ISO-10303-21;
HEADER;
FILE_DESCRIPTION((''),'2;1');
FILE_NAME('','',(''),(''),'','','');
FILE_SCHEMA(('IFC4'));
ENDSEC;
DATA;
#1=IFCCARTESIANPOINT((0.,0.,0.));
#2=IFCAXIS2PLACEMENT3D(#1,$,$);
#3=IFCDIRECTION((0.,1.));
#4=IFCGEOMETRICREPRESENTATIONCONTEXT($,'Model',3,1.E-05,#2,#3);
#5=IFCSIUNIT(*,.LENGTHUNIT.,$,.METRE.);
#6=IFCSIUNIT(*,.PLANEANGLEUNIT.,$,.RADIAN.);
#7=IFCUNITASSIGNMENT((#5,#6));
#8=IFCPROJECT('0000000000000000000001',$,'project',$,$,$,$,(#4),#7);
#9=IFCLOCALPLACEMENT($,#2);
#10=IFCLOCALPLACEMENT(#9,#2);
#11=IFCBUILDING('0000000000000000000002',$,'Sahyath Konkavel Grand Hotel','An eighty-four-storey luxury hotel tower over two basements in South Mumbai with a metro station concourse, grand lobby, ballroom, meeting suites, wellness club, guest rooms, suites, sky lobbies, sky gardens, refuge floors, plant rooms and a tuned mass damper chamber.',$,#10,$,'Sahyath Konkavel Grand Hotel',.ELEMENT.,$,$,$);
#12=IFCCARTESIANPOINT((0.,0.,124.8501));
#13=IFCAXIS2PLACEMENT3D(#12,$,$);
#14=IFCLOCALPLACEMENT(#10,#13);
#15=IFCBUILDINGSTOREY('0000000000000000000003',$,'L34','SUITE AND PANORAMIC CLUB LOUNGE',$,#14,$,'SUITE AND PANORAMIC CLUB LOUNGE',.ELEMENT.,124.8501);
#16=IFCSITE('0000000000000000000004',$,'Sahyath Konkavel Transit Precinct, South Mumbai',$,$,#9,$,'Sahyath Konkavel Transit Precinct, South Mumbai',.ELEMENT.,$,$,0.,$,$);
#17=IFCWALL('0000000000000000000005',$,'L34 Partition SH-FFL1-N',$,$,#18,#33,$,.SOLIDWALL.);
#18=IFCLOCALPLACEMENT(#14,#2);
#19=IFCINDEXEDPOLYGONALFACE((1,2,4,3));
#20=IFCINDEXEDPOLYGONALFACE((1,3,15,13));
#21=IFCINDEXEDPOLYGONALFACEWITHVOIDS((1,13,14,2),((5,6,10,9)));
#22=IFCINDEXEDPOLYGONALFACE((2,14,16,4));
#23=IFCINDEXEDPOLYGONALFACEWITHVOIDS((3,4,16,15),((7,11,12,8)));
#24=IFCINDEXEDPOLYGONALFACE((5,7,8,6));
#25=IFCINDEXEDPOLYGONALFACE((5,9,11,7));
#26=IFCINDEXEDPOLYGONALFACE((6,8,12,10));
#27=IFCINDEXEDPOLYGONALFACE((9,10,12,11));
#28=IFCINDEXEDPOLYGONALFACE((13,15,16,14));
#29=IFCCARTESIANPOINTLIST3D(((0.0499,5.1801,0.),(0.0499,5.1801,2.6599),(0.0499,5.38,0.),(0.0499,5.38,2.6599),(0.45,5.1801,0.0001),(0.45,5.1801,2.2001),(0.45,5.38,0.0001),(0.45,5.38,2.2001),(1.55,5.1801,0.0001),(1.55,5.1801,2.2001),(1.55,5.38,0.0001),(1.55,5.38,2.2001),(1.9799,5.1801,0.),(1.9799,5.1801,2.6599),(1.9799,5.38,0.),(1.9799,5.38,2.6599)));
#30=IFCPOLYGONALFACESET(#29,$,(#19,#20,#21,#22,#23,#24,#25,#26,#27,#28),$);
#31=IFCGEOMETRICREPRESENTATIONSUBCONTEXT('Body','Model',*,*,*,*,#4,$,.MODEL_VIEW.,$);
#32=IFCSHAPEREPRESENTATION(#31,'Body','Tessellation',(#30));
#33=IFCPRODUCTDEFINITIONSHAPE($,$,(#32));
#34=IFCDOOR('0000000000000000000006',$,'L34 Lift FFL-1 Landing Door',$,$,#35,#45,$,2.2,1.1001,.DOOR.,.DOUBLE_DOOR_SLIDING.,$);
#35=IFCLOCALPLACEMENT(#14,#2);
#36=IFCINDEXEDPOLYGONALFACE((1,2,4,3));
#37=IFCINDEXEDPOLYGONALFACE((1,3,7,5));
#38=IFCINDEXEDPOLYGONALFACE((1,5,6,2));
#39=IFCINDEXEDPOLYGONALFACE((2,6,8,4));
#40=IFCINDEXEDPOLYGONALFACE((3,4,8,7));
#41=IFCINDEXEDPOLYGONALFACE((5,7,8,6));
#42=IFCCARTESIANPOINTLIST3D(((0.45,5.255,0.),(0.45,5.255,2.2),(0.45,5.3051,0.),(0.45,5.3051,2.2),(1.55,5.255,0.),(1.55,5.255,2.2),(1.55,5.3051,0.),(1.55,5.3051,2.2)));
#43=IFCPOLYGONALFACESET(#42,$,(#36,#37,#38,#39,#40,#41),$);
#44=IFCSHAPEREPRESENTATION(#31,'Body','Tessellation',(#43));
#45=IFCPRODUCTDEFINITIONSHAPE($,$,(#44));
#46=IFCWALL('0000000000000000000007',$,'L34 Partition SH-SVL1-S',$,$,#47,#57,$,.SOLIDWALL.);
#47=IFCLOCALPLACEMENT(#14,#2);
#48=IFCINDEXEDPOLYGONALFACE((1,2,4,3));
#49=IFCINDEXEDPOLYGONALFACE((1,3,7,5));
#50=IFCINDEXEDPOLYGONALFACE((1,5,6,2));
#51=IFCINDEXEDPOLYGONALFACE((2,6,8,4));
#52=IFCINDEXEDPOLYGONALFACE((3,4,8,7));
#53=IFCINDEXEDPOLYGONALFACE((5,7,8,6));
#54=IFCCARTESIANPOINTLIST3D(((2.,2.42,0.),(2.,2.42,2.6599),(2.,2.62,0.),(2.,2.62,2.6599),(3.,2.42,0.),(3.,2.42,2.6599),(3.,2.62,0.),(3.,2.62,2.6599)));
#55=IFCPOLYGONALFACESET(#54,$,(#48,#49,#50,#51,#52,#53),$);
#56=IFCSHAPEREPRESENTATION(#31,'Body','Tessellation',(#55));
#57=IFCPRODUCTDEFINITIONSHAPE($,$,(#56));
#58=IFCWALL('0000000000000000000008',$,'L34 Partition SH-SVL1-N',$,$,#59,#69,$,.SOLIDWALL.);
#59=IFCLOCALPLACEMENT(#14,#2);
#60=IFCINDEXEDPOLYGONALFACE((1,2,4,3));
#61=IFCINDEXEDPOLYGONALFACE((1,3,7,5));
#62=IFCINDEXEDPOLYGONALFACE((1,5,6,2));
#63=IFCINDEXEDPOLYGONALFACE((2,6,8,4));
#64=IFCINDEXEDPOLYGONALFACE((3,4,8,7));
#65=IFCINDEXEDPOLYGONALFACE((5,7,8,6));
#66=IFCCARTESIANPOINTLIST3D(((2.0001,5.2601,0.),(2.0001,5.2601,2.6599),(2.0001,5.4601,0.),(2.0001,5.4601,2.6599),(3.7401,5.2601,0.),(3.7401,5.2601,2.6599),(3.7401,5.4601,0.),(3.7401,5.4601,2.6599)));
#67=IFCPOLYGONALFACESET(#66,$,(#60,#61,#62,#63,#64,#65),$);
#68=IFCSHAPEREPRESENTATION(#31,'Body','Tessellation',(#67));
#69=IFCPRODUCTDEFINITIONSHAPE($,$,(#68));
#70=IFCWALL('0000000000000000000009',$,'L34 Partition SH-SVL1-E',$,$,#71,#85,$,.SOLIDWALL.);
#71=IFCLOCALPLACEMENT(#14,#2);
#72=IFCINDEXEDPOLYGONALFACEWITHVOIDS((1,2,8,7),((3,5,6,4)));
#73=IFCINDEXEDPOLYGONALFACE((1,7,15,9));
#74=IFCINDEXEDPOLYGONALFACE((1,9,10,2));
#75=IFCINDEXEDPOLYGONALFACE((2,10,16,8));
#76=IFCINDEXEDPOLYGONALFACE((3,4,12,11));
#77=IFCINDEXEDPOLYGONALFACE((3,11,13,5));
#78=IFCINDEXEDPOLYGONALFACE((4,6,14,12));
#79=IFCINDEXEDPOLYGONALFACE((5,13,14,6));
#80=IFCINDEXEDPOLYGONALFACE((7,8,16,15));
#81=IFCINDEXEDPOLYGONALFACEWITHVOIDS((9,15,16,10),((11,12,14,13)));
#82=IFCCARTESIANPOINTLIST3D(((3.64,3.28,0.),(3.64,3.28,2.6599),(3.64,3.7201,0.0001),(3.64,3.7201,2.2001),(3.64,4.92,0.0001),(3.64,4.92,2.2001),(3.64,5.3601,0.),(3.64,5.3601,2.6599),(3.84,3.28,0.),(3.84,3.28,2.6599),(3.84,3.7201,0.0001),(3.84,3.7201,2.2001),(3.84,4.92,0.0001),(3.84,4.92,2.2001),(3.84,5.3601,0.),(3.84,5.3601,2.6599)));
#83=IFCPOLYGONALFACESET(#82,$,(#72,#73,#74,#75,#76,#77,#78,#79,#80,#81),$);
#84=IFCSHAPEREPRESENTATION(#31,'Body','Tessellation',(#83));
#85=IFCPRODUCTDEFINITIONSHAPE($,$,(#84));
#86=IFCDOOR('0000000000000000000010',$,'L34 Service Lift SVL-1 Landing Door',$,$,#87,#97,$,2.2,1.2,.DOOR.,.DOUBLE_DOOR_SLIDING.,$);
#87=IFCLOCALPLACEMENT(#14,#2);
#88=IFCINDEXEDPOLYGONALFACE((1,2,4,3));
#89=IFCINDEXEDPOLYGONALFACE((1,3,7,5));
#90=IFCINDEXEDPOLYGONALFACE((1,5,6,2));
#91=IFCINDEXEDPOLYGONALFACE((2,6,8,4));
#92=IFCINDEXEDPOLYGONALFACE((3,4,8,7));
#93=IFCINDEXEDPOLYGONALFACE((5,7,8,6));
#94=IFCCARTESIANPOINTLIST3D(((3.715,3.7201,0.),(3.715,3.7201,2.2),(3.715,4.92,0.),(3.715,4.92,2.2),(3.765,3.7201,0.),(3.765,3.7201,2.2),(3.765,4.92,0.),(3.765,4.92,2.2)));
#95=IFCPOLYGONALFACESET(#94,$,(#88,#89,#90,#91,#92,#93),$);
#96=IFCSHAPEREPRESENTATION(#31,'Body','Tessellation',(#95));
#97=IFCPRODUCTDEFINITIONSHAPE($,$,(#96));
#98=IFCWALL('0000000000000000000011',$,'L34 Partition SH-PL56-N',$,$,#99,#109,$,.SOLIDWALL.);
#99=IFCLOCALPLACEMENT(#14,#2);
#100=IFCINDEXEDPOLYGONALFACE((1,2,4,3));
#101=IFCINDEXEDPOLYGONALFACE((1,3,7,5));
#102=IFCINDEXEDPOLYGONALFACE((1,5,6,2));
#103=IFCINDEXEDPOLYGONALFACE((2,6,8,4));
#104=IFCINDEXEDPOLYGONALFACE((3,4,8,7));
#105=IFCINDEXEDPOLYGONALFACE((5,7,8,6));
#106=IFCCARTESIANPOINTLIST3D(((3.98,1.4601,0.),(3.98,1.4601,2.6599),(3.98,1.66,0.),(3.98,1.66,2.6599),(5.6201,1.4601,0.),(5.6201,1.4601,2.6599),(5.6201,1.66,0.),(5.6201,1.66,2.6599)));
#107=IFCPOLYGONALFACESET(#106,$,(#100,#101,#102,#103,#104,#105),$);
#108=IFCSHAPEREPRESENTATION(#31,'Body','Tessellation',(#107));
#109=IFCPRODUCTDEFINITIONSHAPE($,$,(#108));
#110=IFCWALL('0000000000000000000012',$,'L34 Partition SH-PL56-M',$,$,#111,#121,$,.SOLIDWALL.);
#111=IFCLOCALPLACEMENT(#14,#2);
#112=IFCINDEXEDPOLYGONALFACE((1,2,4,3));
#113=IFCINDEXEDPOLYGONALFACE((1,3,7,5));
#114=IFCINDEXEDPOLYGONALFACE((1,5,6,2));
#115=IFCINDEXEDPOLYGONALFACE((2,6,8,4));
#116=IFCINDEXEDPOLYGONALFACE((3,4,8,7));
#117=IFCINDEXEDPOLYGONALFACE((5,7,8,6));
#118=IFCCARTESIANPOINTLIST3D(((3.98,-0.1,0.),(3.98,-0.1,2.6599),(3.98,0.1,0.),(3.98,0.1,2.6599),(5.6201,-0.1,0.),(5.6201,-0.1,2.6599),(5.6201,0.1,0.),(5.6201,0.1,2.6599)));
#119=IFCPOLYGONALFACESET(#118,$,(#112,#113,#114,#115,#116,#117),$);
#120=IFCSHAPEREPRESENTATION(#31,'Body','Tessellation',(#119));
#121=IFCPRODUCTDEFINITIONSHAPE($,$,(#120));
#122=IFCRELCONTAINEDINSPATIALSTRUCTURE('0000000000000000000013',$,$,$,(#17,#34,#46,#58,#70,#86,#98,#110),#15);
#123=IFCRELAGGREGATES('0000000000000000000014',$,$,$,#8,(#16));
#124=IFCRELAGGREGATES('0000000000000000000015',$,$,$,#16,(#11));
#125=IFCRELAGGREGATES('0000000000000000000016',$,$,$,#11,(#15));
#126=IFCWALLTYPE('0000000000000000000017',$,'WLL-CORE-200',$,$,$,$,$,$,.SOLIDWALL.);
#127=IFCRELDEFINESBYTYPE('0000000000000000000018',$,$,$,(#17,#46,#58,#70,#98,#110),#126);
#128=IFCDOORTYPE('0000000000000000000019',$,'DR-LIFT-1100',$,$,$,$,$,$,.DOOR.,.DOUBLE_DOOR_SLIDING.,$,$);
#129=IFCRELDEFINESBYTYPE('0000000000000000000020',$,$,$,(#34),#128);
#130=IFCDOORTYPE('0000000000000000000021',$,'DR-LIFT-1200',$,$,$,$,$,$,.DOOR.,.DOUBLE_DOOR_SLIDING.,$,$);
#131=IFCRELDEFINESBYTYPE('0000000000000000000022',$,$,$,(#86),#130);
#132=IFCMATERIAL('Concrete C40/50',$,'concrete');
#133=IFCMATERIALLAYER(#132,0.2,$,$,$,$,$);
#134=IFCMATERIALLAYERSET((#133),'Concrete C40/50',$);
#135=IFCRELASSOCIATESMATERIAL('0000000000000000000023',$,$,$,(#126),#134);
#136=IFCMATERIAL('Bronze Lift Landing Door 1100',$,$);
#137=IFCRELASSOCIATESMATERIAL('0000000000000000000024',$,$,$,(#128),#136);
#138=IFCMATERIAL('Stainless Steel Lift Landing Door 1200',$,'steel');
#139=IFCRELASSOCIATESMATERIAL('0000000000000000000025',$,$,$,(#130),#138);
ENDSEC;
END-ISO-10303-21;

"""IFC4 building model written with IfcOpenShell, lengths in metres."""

from ifc_helpers import new_model, si_unit, direction, frame, frame_2d, origin, origin_2d, place, context, subcontext, project, spatial, rectangle, extrude, source, transform, mapped, material, layer, layer_set, type_object, element, fill, save


model = new_model("IFC4")

# Units and contexts
model_context = context("Model", 3, precision=1e-05, world=origin(), true_north=direction((0.0, 1.0)))
body_context = subcontext(model_context, "Body", "Model", "MODEL_VIEW")
ifc_project = project(units=[si_unit("LENGTHUNIT", "METRE"), si_unit("PLANEANGLEUNIT", "RADIAN")], contexts=[model_context])

# Site, building, storey
site_placement = place(None, origin())
site = spatial("IfcSite", under=ifc_project, at=site_placement, Name="Sahyath Konkavel Transit Precinct, South Mumbai", LongName="Sahyath Konkavel Transit Precinct, South Mumbai", CompositionType="ELEMENT", RefElevation=0.0)
building_placement = place(site_placement, origin())
building = spatial("IfcBuilding", under=site, at=building_placement, Name="Sahyath Konkavel Grand Hotel", Description="An eighty-four-storey luxury hotel tower over two basements in South Mumbai with a metro station concourse, grand lobby, ballroom, meeting suites, wellness club, guest rooms, suites, sky lobbies, sky gardens, refuge floors, plant rooms and a tuned mass damper chamber.", LongName="Sahyath Konkavel Grand Hotel", CompositionType="ELEMENT")
storey_placement = place(building_placement, frame((0.0, 0.0, 124.8501)))
storey = spatial("IfcBuildingStorey", under=building, at=storey_placement, Name="L34", Description="SUITE AND PANORAMIC CLUB LOUNGE", LongName="SUITE AND PANORAMIC CLUB LOUNGE", CompositionType="ELEMENT", Elevation=124.8501)

# Shared definitions
ifc_material_1 = material(Name="Concrete C40/50", Category="concrete")

# Shared definitions
ifc_layer_1 = layer(ifc_material_1, 0.2)
ifc_layer_set_1 = layer_set([ifc_layer_1], Name="Concrete C40/50")
wall_type = type_object("IfcWallType", Name="WLL-CORE-200", PredefinedType="SOLIDWALL", material=ifc_layer_set_1)

# Wall, opening, door
wall_1_placement = place(storey_placement, frame((0.05, 5.28, 0.0), z_axis=(0.0, 0.0, 1.0), x_axis=(1.0, 0.0, 0.0)))
wall_1 = element("IfcWall", 1, at=wall_1_placement, inside=storey, type_object=wall_type, Name="L34 Partition SH-FFL1-N", PredefinedType="SOLIDWALL", context=body_context, shape_type="SweptSolid", body=[
    extrude(rectangle(XDim=1.9299, YDim=0.2, at=frame_2d((0.9648, 0.0))), origin(), (0.0, 0.0, 1.0), 2.6599),
])
opening_1_placement = place(wall_1_placement, frame((0.3999, 0.0, 0.0)))
opening_1 = element("IfcOpeningElement", 2, at=opening_1_placement, cuts=wall_1, PredefinedType="OPENING", context=body_context, shape_type="SweptSolid", body=[
    extrude(rectangle(XDim=1.1001, YDim=2.2, at=frame_2d((0.55, 1.1001))), frame((0.0, 0.1099, 0.0), z_axis=(0.0, -1.0, 0.0), x_axis=(1.0, 0.0, 0.0)), (0.0, 0.0, 1.0), 0.22),
])
ifc_material_2 = material(Name="Bronze Lift Landing Door 1100")
door_type_1 = type_object("IfcDoorType", Name="DR-LIFT-1100", OperationType="DOUBLE_DOOR_SLIDING", PredefinedType="DOOR", material=ifc_material_2)
shared_shape_1 = source(origin(), body_context, "Body", "SweptSolid", [
    extrude(rectangle(XDim=1.1001, YDim=0.05, at=origin_2d()), origin(), (0.0, 0.0, 1.0), 2.2),
])
door_1_placement = place(opening_1_placement, frame((0.55, 0.0, 0.0)))
door_1 = element("IfcDoor", 3, at=door_1_placement, inside=storey, type_object=door_type_1, Name="L34 Lift FFL-1 Landing Door", OperationType="DOUBLE_DOOR_SLIDING", OverallHeight=2.2, OverallWidth=1.1001, PredefinedType="DOOR", context=body_context, shape_type="MappedRepresentation", body=[
    mapped(shared_shape_1, transform((0.0, 0.0, 0.0), scale=1.0)),
])
fill(opening_1, door_1)

# Walls
wall_2_placement = place(storey_placement, frame((2.0, 2.52, 0.0), z_axis=(0.0, 0.0, 1.0), x_axis=(1.0, 0.0, 0.0)))
element("IfcWall", 4, at=wall_2_placement, inside=storey, type_object=wall_type, Name="L34 Partition SH-SVL1-S", PredefinedType="SOLIDWALL", context=body_context, shape_type="SweptSolid", body=[
    extrude(rectangle(XDim=1.0, YDim=0.2, at=frame_2d((0.5, 0.0))), origin(), (0.0, 0.0, 1.0), 2.6599),
])
wall_3_placement = place(storey_placement, frame((2.0, 5.3601, 0.0), z_axis=(0.0, 0.0, 1.0), x_axis=(1.0, 0.0, 0.0)))
element("IfcWall", 5, at=wall_3_placement, inside=storey, type_object=wall_type, Name="L34 Partition SH-SVL1-N", PredefinedType="SOLIDWALL", context=body_context, shape_type="SweptSolid", body=[
    extrude(rectangle(XDim=1.74, YDim=0.2, at=frame_2d((0.8701, 0.0))), origin(), (0.0, 0.0, 1.0), 2.6599),
])

# Wall, opening, door
wall_4_placement = place(storey_placement, frame((3.74, 3.28, 0.0), z_axis=(0.0, 0.0, 1.0), x_axis=(0.0, 1.0, 0.0)))
wall_4 = element("IfcWall", 6, at=wall_4_placement, inside=storey, type_object=wall_type, Name="L34 Partition SH-SVL1-E", PredefinedType="SOLIDWALL", context=body_context, shape_type="SweptSolid", body=[
    extrude(rectangle(XDim=2.0801, YDim=0.2, at=frame_2d((1.04, 0.0))), origin(), (0.0, 0.0, 1.0), 2.6599),
])
opening_2_placement = place(wall_4_placement, frame((0.4399, 0.0, 0.0)))
opening_2 = element("IfcOpeningElement", 7, at=opening_2_placement, cuts=wall_4, PredefinedType="OPENING", context=body_context, shape_type="SweptSolid", body=[
    extrude(rectangle(XDim=1.2, YDim=2.2, at=frame_2d((0.6001, 1.1001))), frame((0.0, 0.1099, 0.0), z_axis=(0.0, -1.0, 0.0), x_axis=(1.0, 0.0, 0.0)), (0.0, 0.0, 1.0), 0.22),
])
ifc_material_3 = material(Name="Stainless Steel Lift Landing Door 1200", Category="steel")
door_type_2 = type_object("IfcDoorType", Name="DR-LIFT-1200", OperationType="DOUBLE_DOOR_SLIDING", PredefinedType="DOOR", material=ifc_material_3)
shared_shape_2 = source(origin(), body_context, "Body", "SweptSolid", [
    extrude(rectangle(XDim=1.2, YDim=0.05, at=origin_2d()), origin(), (0.0, 0.0, 1.0), 2.2),
])
door_2_placement = place(opening_2_placement, frame((0.6001, 0.0, 0.0)))
door_2 = element("IfcDoor", 8, at=door_2_placement, inside=storey, type_object=door_type_2, Name="L34 Service Lift SVL-1 Landing Door", OperationType="DOUBLE_DOOR_SLIDING", OverallHeight=2.2, OverallWidth=1.2, PredefinedType="DOOR", context=body_context, shape_type="MappedRepresentation", body=[
    mapped(shared_shape_2, transform((0.0, 0.0, 0.0), scale=1.0)),
])
fill(opening_2, door_2)

# Walls
for number, where, z_axis, x_axis, name in (
    (9, (3.98, 1.5601, 0.0), (0.0, 0.0, 1.0), (1.0, 0.0, 0.0), "L34 Partition SH-PL56-N"),
    (10, (3.98, 0.0, 0.0), (0.0, 0.0, 1.0), (1.0, 0.0, 0.0), "L34 Partition SH-PL56-M"),
):
    element("IfcWall", number, at=place(storey_placement, frame(where, z_axis=z_axis, x_axis=x_axis)), inside=storey, type_object=wall_type, Name=name, PredefinedType="SOLIDWALL", context=body_context, shape_type="SweptSolid", body=[
        extrude(rectangle(XDim=1.6401, YDim=0.2, at=frame_2d((0.8201, 0.0))), origin(), (0.0, 0.0, 1.0), 2.6599),
    ])

save(model, "model.ifc")
